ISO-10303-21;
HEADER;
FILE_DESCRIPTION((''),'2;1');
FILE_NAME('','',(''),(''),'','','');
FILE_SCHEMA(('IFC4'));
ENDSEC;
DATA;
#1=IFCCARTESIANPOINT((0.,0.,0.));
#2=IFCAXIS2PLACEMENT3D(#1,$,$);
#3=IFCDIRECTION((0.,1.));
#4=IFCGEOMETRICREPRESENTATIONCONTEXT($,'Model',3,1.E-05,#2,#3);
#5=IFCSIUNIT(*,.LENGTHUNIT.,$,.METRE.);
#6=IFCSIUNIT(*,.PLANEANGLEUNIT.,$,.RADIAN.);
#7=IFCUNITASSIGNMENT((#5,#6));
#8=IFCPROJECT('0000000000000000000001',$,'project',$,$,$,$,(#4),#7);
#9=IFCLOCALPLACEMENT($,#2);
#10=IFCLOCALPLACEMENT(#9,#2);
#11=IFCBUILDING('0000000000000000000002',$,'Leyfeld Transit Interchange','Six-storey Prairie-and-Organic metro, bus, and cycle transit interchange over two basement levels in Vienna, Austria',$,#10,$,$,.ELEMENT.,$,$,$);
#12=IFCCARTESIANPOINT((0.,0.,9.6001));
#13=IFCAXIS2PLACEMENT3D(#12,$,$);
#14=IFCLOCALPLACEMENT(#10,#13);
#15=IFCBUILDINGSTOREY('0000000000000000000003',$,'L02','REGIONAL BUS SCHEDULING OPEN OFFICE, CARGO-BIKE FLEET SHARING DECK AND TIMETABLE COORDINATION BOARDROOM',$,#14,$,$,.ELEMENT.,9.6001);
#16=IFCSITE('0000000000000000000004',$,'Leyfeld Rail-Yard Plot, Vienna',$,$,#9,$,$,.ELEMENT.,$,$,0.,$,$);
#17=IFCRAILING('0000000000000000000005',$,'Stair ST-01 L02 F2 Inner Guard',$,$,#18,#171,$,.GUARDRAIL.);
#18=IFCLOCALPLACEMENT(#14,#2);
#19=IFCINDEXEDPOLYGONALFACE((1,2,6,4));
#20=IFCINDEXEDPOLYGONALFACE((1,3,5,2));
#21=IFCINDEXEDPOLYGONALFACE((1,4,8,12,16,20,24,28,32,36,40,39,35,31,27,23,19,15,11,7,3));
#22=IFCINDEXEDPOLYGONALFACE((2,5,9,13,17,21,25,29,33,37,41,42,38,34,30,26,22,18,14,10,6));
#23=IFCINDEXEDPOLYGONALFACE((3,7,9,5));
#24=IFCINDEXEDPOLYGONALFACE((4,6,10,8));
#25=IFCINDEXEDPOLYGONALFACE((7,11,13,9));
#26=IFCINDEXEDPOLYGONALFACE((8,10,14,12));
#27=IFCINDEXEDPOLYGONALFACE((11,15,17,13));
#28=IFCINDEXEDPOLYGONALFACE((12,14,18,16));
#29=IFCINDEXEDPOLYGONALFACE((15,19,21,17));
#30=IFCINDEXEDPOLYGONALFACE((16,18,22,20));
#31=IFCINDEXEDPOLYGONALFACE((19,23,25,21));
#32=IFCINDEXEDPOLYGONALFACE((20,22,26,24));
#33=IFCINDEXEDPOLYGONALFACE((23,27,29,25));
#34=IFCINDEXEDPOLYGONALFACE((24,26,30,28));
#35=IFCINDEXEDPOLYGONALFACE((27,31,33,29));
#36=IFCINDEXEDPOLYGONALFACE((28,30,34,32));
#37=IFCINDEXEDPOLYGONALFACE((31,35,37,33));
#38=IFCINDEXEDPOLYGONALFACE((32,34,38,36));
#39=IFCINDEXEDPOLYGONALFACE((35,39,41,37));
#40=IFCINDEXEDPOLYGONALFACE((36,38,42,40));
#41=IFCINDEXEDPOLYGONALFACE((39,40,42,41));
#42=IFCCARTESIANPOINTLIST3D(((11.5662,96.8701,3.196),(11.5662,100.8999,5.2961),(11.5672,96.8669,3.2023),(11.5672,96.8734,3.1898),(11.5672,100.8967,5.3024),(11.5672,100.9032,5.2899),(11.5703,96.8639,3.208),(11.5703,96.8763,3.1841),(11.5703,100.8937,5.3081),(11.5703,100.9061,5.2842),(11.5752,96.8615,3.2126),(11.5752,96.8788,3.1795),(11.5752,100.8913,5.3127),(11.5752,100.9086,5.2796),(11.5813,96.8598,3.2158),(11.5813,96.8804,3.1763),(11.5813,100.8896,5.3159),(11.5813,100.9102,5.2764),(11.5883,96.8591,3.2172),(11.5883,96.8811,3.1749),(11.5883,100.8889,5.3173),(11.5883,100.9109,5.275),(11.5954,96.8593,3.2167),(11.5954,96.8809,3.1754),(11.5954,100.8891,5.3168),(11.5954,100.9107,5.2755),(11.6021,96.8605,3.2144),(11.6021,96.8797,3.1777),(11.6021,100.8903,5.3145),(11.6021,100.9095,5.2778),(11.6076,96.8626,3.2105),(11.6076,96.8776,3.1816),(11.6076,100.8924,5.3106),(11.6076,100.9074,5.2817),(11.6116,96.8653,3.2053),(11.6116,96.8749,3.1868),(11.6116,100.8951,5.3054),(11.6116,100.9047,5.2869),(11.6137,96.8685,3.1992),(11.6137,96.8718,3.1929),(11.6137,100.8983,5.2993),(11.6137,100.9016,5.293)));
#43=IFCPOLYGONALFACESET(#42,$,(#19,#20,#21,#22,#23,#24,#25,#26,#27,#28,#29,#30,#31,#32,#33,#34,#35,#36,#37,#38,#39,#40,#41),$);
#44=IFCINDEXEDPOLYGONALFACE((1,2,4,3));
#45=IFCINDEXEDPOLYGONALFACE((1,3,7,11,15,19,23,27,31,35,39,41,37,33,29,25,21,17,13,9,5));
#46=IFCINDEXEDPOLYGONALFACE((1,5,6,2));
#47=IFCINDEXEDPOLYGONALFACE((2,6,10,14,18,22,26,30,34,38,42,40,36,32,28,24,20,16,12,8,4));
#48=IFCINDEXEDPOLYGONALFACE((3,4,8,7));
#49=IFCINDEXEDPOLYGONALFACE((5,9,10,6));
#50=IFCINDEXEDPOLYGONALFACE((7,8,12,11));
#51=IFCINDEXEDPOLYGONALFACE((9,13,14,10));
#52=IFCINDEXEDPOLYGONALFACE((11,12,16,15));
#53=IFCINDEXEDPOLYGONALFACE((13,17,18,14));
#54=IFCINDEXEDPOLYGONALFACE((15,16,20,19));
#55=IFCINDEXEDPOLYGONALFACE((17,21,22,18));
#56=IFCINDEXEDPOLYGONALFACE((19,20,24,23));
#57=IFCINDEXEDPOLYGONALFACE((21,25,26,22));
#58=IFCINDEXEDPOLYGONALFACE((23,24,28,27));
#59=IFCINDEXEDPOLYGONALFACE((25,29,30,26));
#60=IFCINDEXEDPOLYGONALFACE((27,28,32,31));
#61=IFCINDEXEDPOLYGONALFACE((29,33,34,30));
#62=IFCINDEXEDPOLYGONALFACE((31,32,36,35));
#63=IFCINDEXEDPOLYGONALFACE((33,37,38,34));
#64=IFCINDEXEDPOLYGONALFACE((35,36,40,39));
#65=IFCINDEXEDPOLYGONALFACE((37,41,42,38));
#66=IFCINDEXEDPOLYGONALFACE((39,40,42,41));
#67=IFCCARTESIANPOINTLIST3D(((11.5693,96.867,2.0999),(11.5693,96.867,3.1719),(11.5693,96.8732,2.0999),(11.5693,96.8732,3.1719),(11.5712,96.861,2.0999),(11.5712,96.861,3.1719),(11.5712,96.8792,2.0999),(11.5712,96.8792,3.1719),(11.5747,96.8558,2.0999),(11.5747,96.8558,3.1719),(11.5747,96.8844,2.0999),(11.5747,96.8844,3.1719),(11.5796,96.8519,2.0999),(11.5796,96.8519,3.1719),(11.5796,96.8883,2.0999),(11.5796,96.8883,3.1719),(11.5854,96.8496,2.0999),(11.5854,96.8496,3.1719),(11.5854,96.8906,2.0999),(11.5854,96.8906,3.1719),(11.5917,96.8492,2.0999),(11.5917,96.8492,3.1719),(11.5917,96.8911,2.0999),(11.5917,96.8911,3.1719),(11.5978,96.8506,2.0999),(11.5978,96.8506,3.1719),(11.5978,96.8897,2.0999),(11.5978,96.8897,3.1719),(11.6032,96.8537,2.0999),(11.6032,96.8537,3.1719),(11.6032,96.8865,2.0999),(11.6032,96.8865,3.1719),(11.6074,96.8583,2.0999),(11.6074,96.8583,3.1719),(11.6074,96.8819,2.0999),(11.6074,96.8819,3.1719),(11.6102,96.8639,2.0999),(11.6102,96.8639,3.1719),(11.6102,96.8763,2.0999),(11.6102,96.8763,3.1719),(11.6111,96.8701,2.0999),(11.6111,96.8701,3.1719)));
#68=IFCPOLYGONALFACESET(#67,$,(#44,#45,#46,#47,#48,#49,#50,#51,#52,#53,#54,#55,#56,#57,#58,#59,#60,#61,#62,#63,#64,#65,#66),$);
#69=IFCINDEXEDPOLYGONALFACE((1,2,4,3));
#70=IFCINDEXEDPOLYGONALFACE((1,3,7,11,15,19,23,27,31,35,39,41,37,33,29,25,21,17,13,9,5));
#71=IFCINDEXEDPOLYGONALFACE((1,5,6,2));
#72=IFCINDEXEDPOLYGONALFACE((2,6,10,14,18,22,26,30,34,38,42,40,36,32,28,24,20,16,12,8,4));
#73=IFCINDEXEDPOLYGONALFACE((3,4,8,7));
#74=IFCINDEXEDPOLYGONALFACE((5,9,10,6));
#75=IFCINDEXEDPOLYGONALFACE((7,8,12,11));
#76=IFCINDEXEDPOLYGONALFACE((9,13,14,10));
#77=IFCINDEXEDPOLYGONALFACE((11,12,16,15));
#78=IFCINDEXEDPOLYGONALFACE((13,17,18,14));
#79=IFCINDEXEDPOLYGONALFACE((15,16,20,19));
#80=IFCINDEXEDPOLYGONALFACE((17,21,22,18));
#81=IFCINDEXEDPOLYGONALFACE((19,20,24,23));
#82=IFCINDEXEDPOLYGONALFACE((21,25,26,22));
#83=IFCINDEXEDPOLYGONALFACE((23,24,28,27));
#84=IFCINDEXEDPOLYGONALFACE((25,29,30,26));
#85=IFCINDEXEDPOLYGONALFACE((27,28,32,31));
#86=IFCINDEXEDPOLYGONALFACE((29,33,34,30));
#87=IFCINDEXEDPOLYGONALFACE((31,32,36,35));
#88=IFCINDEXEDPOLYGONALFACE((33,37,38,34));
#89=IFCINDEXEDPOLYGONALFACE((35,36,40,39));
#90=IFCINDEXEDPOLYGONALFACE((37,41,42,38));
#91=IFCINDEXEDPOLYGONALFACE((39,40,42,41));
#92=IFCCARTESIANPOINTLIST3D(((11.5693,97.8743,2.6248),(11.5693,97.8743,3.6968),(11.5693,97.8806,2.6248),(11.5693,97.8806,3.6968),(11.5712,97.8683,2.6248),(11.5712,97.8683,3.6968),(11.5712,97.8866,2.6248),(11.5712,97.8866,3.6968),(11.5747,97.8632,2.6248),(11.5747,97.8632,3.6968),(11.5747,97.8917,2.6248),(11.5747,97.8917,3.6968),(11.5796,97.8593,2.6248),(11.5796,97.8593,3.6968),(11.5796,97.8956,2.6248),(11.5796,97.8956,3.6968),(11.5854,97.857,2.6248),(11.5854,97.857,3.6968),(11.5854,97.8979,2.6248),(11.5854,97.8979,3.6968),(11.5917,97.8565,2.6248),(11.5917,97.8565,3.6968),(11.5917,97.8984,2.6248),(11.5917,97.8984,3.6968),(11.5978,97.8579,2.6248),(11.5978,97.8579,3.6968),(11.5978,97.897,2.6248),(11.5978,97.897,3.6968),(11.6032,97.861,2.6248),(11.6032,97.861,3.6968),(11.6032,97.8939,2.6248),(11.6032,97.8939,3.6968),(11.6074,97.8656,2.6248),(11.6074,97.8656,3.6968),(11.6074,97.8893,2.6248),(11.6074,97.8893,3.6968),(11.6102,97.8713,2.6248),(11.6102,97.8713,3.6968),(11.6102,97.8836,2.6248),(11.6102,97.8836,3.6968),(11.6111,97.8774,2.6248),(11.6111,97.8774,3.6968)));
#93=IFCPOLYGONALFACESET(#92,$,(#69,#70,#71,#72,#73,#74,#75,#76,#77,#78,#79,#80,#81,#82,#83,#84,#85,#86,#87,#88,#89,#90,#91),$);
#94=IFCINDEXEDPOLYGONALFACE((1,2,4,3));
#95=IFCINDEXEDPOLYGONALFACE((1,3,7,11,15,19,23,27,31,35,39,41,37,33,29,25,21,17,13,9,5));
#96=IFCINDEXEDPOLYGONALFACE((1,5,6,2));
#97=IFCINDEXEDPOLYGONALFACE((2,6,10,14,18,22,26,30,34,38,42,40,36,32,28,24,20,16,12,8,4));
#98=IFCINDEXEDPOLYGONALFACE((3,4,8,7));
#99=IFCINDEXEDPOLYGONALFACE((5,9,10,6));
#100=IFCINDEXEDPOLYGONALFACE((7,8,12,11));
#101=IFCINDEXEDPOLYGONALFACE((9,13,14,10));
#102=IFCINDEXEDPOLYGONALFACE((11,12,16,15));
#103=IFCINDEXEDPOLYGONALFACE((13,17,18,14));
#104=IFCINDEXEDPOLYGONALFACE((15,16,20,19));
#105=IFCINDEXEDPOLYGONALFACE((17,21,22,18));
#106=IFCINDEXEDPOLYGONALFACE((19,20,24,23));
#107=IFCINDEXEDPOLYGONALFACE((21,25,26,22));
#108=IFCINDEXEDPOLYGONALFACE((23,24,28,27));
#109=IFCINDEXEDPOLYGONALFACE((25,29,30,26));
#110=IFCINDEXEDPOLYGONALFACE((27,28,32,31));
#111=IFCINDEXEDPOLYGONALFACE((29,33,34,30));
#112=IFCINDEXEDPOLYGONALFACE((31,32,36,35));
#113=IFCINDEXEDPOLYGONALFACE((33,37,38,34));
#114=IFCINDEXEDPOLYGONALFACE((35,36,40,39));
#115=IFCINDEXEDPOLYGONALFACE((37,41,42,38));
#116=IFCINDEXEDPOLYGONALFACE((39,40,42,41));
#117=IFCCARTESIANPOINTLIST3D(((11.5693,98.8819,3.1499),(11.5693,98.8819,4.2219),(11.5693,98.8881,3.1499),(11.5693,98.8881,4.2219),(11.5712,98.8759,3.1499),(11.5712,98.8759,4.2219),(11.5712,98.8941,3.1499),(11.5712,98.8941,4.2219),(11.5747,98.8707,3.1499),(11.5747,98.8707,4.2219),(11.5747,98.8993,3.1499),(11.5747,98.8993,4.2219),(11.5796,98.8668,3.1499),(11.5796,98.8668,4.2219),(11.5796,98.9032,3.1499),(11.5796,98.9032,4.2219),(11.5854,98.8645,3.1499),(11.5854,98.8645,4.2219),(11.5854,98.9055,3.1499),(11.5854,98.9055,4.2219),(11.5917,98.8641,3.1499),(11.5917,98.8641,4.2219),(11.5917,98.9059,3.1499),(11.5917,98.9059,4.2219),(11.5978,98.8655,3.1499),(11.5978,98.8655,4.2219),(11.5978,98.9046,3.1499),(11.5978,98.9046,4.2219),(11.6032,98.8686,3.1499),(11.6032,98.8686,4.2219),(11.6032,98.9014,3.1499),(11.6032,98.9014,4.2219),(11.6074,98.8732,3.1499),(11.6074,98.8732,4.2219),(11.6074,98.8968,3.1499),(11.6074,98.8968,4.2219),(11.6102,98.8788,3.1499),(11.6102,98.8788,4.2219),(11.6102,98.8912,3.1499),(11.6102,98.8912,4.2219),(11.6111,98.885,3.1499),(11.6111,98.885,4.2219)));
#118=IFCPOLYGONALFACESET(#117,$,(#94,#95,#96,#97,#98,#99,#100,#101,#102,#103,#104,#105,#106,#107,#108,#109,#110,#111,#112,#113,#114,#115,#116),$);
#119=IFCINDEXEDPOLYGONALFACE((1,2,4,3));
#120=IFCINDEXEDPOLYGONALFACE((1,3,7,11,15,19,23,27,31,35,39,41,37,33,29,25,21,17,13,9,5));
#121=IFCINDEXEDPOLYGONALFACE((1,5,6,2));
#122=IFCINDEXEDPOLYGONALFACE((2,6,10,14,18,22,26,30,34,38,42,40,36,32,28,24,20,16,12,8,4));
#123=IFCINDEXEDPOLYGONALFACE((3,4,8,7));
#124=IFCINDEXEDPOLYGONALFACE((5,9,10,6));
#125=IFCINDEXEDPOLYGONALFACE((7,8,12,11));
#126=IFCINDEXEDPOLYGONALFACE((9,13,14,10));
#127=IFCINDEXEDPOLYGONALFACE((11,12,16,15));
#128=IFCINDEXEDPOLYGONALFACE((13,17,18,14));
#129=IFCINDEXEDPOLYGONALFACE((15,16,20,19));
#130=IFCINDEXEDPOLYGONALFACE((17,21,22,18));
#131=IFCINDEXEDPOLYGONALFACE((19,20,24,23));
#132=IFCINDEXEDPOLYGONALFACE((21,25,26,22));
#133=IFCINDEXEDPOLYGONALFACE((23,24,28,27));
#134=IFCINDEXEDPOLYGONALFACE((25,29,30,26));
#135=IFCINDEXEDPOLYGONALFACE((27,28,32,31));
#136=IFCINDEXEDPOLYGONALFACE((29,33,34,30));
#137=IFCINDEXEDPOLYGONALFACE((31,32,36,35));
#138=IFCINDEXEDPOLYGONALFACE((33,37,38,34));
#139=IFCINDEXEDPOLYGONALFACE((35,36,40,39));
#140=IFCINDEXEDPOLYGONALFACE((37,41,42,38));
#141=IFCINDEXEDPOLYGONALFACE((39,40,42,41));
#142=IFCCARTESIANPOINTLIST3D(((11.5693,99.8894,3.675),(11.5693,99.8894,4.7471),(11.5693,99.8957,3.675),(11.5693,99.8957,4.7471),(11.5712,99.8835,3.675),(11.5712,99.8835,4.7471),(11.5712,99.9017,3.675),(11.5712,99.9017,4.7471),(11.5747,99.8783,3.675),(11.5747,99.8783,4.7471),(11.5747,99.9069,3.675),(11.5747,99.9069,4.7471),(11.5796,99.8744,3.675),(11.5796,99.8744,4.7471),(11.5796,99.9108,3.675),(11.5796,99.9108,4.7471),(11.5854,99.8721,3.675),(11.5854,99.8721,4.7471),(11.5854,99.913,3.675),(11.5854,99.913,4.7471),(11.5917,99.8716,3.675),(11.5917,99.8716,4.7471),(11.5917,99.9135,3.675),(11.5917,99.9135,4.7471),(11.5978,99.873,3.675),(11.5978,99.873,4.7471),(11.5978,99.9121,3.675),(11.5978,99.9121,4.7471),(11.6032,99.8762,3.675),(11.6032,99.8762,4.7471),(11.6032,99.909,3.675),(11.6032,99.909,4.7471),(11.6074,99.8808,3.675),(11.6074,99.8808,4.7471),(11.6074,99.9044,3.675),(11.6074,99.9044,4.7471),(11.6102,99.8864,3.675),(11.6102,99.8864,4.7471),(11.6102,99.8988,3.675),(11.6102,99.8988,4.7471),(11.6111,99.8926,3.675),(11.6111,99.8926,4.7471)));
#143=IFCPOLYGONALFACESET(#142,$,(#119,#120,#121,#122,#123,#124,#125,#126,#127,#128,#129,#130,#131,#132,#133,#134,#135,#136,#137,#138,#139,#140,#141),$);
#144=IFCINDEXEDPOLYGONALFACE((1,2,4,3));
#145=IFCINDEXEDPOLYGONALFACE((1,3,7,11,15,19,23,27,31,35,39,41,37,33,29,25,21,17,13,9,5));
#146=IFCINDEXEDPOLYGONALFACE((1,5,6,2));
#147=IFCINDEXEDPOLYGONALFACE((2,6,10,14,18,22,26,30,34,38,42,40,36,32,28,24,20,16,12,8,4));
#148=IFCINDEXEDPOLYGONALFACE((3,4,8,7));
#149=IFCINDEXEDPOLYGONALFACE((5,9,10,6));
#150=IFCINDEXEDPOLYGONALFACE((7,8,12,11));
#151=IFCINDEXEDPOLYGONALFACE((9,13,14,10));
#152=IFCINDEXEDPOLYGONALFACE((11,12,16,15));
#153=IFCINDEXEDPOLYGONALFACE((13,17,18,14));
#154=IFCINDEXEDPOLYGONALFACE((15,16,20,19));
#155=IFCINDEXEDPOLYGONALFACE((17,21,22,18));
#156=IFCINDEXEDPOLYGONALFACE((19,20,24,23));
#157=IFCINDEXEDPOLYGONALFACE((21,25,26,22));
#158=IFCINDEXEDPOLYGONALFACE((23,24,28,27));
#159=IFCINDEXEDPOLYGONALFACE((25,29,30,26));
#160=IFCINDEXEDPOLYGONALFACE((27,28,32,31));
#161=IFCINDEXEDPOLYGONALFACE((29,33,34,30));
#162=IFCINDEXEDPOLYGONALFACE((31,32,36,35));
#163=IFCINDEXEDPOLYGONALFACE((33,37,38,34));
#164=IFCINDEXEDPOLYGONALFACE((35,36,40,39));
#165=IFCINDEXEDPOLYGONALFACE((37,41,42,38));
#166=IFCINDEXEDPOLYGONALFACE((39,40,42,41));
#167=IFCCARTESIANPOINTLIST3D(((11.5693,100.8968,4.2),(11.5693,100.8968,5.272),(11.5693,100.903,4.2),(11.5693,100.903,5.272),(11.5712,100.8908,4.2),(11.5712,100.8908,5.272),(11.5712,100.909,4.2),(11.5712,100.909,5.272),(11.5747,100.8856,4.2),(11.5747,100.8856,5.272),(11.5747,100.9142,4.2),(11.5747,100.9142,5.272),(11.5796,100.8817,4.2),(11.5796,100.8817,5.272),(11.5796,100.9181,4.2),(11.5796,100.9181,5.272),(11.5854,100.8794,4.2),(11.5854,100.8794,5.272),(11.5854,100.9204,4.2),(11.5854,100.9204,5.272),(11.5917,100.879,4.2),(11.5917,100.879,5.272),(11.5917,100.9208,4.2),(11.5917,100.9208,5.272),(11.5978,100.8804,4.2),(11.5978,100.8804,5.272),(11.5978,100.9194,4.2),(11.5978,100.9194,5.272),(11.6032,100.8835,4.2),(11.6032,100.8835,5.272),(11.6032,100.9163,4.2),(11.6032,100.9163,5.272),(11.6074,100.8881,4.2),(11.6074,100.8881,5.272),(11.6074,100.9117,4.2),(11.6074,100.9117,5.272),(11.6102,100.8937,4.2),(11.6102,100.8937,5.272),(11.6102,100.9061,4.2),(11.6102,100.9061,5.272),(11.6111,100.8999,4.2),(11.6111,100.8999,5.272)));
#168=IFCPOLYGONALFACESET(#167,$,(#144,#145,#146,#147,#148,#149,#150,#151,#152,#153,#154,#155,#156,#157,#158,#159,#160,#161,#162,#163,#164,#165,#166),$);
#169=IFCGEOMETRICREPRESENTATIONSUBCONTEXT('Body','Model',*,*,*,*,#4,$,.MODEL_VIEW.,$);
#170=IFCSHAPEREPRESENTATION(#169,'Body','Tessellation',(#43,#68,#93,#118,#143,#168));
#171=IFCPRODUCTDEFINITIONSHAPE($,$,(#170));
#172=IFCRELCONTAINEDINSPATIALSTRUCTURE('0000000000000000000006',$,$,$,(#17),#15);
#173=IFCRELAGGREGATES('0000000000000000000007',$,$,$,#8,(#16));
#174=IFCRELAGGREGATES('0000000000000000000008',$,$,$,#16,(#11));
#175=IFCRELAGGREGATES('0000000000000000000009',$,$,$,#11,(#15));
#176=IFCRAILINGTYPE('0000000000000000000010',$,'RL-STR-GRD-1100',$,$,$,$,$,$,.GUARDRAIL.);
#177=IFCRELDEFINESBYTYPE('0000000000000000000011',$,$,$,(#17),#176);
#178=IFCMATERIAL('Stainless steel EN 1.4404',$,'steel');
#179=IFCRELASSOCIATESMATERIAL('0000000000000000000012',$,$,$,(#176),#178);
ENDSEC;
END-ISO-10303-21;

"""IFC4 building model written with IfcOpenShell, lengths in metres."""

from ifc_helpers import new_model, si_unit, direction, frame, origin, origin_2d, place, context, subcontext, project, spatial, circle, extrude, material, type_object, element, save


model = new_model("IFC4")

# Units and contexts
model_context = context("Model", 3, precision=1e-05, world=origin(), true_north=direction((0.0, 1.0)))
body_context = subcontext(model_context, "Body", "Model", "MODEL_VIEW")
ifc_project = project(units=[si_unit("LENGTHUNIT", "METRE"), si_unit("PLANEANGLEUNIT", "RADIAN")], contexts=[model_context])

# Site, building, storey
site_placement = place(None, origin())
site = spatial("IfcSite", under=ifc_project, at=site_placement, Name="Leyfeld Rail-Yard Plot, Vienna", CompositionType="ELEMENT", RefElevation=0.0)
building_placement = place(site_placement, origin())
building = spatial("IfcBuilding", under=site, at=building_placement, Name="Leyfeld Transit Interchange", Description="Six-storey Prairie-and-Organic metro, bus, and cycle transit interchange over two basement levels in Vienna, Austria", CompositionType="ELEMENT")
storey_placement = place(building_placement, frame((0.0, 0.0, 9.6001)))
storey = spatial("IfcBuildingStorey", under=building, at=storey_placement, Name="L02", Description="REGIONAL BUS SCHEDULING OPEN OFFICE, CARGO-BIKE FLEET SHARING DECK AND TIMETABLE COORDINATION BOARDROOM", CompositionType="ELEMENT", Elevation=9.6001)

# Shared definitions
ifc_material_1 = material(Name="Stainless steel EN 1.4404", Category="steel")

# Railing
railing_type_1 = type_object("IfcRailingType", Name="RL-STR-GRD-1100", PredefinedType="GUARDRAIL", material=ifc_material_1)
for number, where, name in (
    (1, (11.5901, 96.8701, 2.0999), "Stair ST-01 L02 F2 Inner Guard"),
):
    element("IfcRailing", number, at=place(storey_placement, frame(where)), inside=storey, type_object=railing_type_1, Name=name, PredefinedType="GUARDRAIL", context=body_context, shape_type="SweptSolid", body=[
        extrude(circle(Radius=0.0239, at=origin_2d()), frame((0.0, 0.0, 1.0962), z_axis=(0.0, 0.886801, 0.462151), x_axis=(-1.0, 0.0, 0.0)), (0.0, 0.0, 1.0), 4.5442),
        extrude(circle(Radius=0.021, at=origin_2d()), origin(), (0.0, 0.0, 1.0), 1.072),
        extrude(circle(Radius=0.021, at=origin_2d()), frame((0.0, 1.0073, 0.5249)), (0.0, 0.0, 1.0), 1.072),
        extrude(circle(Radius=0.021, at=origin_2d()), frame((0.0, 2.0149, 1.05)), (0.0, 0.0, 1.0), 1.072),
        extrude(circle(Radius=0.021, at=origin_2d()), frame((0.0, 3.0225, 1.5752)), (0.0, 0.0, 1.0), 1.072),
        extrude(circle(Radius=0.021, at=origin_2d()), frame((0.0, 4.0298, 2.1001)), (0.0, 0.0, 1.0), 1.072),
    ])

save(model, "model.ifc")
